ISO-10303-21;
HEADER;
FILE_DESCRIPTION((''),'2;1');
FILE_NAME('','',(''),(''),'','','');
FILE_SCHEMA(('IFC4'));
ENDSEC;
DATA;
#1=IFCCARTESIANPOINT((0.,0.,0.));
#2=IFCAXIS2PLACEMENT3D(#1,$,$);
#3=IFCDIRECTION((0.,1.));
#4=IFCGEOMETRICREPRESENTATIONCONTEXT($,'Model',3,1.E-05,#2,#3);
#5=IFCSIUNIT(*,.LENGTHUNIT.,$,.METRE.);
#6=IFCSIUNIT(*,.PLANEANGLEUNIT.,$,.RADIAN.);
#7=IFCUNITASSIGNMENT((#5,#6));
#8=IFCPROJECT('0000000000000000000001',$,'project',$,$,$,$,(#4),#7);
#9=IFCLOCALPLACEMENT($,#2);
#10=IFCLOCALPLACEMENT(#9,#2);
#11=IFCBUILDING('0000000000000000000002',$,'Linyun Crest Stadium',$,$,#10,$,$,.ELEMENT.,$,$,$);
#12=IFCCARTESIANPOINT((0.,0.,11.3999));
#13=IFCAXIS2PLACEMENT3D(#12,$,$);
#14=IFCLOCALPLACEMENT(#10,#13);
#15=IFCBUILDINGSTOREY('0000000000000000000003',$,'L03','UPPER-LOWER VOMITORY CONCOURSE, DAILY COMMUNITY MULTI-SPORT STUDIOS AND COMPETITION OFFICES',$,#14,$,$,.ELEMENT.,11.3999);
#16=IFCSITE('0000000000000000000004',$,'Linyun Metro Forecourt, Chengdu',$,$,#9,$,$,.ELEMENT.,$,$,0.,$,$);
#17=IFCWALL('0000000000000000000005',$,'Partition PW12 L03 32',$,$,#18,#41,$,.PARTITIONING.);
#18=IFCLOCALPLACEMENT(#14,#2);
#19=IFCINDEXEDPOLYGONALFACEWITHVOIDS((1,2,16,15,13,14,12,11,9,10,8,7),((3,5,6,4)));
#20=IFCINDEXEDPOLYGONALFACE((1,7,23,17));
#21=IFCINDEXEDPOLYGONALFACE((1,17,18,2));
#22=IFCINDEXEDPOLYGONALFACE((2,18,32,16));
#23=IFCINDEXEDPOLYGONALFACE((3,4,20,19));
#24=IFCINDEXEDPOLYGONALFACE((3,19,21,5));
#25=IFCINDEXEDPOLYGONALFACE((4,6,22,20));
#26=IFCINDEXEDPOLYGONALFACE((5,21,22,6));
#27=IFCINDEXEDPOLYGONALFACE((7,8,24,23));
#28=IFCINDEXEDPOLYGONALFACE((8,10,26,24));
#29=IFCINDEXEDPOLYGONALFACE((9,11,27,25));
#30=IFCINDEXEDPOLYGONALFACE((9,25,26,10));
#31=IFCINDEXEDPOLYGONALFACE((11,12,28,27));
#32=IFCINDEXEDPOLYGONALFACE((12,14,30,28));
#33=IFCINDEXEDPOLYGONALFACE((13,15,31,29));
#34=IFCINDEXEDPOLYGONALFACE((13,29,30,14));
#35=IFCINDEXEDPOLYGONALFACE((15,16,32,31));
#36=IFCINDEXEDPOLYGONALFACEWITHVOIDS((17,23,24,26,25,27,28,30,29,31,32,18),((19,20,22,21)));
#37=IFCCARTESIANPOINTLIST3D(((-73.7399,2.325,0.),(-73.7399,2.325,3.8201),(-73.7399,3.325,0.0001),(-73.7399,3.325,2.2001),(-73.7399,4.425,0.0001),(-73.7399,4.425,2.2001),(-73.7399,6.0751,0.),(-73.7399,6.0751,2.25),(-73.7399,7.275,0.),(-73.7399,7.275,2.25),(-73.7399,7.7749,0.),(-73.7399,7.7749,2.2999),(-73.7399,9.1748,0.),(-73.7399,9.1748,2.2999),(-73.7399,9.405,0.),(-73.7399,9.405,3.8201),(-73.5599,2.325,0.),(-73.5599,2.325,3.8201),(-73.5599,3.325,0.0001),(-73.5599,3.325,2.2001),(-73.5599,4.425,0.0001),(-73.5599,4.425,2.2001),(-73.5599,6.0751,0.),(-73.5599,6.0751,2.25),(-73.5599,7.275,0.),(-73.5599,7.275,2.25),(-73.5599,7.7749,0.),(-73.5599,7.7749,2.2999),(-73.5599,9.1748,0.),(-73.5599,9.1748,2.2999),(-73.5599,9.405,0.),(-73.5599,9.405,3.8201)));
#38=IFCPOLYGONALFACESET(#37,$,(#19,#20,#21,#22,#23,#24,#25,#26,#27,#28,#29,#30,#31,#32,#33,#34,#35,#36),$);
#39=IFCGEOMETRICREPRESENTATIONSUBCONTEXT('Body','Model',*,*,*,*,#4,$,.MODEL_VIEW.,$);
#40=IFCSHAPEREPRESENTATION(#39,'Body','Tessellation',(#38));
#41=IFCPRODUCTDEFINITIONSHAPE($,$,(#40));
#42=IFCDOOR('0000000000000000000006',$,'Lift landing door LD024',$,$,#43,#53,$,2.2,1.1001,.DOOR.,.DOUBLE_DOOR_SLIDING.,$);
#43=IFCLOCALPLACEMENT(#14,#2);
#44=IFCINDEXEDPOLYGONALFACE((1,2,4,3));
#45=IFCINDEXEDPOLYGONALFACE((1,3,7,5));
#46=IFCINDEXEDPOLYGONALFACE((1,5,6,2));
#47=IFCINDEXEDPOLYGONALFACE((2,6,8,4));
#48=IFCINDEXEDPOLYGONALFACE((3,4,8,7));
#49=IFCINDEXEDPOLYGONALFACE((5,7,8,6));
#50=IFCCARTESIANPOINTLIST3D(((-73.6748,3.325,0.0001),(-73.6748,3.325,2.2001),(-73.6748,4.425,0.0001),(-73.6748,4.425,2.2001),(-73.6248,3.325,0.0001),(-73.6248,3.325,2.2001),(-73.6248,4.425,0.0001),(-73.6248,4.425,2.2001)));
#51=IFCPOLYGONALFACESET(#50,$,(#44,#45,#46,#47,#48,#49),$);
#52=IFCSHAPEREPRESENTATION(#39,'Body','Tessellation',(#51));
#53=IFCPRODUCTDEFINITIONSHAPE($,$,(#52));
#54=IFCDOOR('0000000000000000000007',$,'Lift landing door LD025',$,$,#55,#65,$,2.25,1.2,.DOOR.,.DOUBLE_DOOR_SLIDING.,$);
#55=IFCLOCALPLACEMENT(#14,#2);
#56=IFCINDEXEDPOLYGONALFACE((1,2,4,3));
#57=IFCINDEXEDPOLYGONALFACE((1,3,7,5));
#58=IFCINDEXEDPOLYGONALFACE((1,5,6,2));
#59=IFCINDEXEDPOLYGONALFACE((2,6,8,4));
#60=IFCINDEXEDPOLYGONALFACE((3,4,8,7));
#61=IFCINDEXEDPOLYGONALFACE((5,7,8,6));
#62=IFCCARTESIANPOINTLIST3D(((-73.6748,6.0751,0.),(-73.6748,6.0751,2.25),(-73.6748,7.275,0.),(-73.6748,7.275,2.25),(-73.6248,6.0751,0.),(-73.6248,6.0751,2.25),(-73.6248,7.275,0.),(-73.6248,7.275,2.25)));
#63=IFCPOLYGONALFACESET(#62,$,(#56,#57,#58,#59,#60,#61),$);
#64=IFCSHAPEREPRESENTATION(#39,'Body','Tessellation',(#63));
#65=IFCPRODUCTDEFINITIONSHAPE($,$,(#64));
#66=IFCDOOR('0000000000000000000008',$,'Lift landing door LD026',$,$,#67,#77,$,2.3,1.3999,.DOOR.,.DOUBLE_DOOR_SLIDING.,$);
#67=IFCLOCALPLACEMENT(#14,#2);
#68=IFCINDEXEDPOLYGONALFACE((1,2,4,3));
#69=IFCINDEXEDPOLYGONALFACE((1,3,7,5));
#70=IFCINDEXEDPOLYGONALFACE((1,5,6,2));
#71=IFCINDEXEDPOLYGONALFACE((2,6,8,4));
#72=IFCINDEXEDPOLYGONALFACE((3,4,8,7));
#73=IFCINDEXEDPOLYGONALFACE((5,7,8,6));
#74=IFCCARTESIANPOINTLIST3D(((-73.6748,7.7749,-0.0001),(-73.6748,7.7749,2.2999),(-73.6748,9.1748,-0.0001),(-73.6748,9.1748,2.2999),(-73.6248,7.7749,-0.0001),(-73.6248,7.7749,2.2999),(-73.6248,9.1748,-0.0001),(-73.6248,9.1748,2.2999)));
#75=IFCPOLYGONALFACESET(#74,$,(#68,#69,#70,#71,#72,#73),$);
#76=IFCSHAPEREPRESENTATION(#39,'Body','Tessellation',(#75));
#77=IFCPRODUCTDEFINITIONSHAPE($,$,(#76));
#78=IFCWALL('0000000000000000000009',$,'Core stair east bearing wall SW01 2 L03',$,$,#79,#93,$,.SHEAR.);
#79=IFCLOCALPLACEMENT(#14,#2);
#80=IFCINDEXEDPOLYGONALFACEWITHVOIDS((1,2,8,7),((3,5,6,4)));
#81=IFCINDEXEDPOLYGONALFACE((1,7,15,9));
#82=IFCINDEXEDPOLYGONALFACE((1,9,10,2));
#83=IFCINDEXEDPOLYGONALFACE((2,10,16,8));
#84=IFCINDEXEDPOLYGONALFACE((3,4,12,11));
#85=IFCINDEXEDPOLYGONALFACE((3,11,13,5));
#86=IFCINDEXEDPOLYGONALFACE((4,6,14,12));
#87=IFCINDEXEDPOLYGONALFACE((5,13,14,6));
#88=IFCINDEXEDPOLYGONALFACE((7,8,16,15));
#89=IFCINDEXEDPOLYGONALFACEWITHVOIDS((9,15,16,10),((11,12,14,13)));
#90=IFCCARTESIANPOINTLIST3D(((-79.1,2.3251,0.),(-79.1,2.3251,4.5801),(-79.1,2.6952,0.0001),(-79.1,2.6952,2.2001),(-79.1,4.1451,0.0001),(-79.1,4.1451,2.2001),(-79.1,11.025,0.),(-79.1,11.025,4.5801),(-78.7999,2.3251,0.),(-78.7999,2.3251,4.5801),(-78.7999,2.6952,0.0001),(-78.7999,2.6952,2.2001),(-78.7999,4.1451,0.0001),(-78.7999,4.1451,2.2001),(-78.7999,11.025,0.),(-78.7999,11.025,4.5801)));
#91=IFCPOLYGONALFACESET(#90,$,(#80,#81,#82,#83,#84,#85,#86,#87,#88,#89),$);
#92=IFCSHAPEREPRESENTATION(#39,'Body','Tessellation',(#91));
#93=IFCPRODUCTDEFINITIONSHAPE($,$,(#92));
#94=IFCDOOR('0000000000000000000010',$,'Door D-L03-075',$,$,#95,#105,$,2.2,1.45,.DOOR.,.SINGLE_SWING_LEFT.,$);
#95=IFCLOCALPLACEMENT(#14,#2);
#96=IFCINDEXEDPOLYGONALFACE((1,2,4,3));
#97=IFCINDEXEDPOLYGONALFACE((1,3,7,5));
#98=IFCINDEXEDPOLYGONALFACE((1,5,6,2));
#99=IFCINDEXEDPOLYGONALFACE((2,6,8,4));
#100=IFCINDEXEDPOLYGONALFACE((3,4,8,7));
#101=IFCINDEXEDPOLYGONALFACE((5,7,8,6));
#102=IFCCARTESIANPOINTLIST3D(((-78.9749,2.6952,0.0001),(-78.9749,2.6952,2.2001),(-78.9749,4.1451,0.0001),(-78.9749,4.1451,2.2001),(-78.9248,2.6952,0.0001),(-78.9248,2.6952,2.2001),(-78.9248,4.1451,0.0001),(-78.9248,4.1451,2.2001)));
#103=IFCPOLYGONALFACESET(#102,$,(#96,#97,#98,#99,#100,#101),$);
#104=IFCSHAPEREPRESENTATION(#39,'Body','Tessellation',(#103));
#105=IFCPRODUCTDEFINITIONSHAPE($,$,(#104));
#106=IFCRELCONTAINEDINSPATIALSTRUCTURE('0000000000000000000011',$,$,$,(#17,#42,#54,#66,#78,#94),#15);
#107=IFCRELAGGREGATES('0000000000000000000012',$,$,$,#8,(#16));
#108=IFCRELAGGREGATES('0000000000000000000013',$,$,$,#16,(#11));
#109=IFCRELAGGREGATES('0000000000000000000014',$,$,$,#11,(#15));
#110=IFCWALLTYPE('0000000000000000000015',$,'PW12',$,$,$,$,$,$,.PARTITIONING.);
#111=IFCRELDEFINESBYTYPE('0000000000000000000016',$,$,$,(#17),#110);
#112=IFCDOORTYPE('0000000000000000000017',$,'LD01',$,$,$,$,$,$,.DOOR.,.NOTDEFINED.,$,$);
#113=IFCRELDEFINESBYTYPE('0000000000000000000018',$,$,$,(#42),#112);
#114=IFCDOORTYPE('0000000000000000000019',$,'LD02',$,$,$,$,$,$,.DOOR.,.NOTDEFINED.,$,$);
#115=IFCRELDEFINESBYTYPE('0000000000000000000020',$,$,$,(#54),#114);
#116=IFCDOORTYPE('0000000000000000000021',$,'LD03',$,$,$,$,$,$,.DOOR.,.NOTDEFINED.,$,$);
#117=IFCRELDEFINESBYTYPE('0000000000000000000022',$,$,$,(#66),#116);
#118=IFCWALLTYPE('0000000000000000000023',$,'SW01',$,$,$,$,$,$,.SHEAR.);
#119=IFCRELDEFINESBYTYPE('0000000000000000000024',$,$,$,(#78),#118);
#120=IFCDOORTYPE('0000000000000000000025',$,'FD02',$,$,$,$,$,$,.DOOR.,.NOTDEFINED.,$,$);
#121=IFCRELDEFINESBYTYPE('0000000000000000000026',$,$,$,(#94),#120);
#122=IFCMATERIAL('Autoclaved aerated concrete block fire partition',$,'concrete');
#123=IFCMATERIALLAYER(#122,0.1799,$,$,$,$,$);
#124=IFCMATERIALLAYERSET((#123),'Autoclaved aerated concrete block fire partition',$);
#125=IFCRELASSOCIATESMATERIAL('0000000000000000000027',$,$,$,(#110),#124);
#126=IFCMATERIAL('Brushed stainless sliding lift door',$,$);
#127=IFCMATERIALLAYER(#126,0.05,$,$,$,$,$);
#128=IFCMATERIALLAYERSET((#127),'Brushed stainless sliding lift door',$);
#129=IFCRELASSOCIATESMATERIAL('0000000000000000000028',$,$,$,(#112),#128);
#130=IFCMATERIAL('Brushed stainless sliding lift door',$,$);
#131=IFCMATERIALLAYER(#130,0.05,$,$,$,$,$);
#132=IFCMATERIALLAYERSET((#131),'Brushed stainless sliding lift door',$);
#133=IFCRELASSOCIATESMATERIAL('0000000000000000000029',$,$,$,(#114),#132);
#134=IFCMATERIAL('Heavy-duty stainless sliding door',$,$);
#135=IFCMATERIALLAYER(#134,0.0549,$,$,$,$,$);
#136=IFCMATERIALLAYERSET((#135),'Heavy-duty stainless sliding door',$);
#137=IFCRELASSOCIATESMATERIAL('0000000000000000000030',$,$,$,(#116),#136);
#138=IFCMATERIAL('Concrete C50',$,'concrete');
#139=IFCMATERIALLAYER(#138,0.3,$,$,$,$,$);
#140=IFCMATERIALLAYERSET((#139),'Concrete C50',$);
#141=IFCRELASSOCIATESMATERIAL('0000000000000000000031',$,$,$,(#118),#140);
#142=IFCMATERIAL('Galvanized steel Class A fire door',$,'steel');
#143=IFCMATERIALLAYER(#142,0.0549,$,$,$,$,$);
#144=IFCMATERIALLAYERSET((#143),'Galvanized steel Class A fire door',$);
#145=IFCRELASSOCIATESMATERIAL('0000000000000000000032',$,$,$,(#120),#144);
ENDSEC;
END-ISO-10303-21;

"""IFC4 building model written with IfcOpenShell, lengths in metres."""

from ifc_helpers import new_model, si_unit, direction, frame, frame_2d, origin, place, context, subcontext, project, spatial, rectangle, extrude, material, layer, layer_set, type_object, element, fill, save


model = new_model("IFC4")

# Units and contexts
model_context = context("Model", 3, precision=1e-05, world=origin(), true_north=direction((0.0, 1.0)))
body_context = subcontext(model_context, "Body", "Model", "MODEL_VIEW")
ifc_project = project(units=[si_unit("LENGTHUNIT", "METRE"), si_unit("PLANEANGLEUNIT", "RADIAN")], contexts=[model_context])

# Site, building, storey
site_placement = place(None, origin())
site = spatial("IfcSite", under=ifc_project, at=site_placement, Name="Linyun Metro Forecourt, Chengdu", CompositionType="ELEMENT", RefElevation=0.0)
building_placement = place(site_placement, origin())
building = spatial("IfcBuilding", under=site, at=building_placement, Name="Linyun Crest Stadium", CompositionType="ELEMENT")
storey_placement = place(building_placement, frame((0.0, 0.0, 11.3999)))
storey = spatial("IfcBuildingStorey", under=building, at=storey_placement, Name="L03", Description="UPPER-LOWER VOMITORY CONCOURSE, DAILY COMMUNITY MULTI-SPORT STUDIOS AND COMPETITION OFFICES", CompositionType="ELEMENT", Elevation=11.3999)

# Wall, openings, doors
ifc_material_1 = material(Name="Autoclaved aerated concrete block fire partition", Category="concrete")
ifc_layer_1 = layer(ifc_material_1, 0.1799)
ifc_layer_set_1 = layer_set([ifc_layer_1], Name="Autoclaved aerated concrete block fire partition")
wall_type_1 = type_object("IfcWallType", Name="PW12", PredefinedType="PARTITIONING", material=ifc_layer_set_1)
wall_1_placement = place(storey_placement, frame((-73.6499, 2.325, 0.0), z_axis=(0.0, 0.0, 1.0), x_axis=(0.0, 1.0, 0.0)))
wall_1 = element("IfcWall", 1, at=wall_1_placement, inside=storey, type_object=wall_type_1, Name="Partition PW12 L03 32", PredefinedType="PARTITIONING", context=body_context, shape_type="SweptSolid", body=[
    extrude(rectangle(XDim=7.0801, YDim=0.1799, at=frame_2d((3.54, 0.0))), origin(), (0.0, 0.0, 1.0), 3.8201),
])
opening_1_placement = place(wall_1_placement, frame((1.0, 0.0, 0.0)))
opening_1 = element("IfcOpeningElement", 2, at=opening_1_placement, cuts=wall_1, PredefinedType="OPENING", context=body_context, shape_type="SweptSolid", body=[
    extrude(rectangle(XDim=1.1001, YDim=2.2, at=frame_2d((0.55, 1.1001))), frame((0.0, 0.0999, 0.0), z_axis=(0.0, -1.0, 0.0), x_axis=(1.0, 0.0, 0.0)), (0.0, 0.0, 1.0), 0.2),
])
opening_2_placement = place(wall_1_placement, frame((3.75, 0.0, 0.0)))
opening_2 = element("IfcOpeningElement", 3, at=opening_2_placement, cuts=wall_1, PredefinedType="OPENING", context=body_context, shape_type="SweptSolid", body=[
    extrude(rectangle(XDim=1.2, YDim=2.25, at=frame_2d((0.6001, 1.125))), frame((0.0, 0.0999, 0.0), z_axis=(0.0, -1.0, 0.0), x_axis=(1.0, 0.0, 0.0)), (0.0, 0.0, 1.0), 0.2),
])
opening_3_placement = place(wall_1_placement, frame((5.45, 0.0, 0.0)))
opening_3 = element("IfcOpeningElement", 4, at=opening_3_placement, cuts=wall_1, PredefinedType="OPENING", context=body_context, shape_type="SweptSolid", body=[
    extrude(rectangle(XDim=1.3999, YDim=2.3, at=frame_2d((0.7, 1.1499))), frame((0.0, 0.0999, 0.0), z_axis=(0.0, -1.0, 0.0), x_axis=(1.0, 0.0, 0.0)), (0.0, 0.0, 1.0), 0.2),
])
ifc_material_2 = material(Name="Brushed stainless sliding lift door")
ifc_layer_2 = layer(ifc_material_2, 0.05)
ifc_layer_set_2 = layer_set([ifc_layer_2], Name="Brushed stainless sliding lift door")
door_type_1 = type_object("IfcDoorType", Name="LD01", OperationType="NOTDEFINED", PredefinedType="DOOR", material=ifc_layer_set_2)
door_1_placement = place(opening_1_placement, origin())
door_1 = element("IfcDoor", 5, at=door_1_placement, inside=storey, type_object=door_type_1, Name="Lift landing door LD024", OperationType="DOUBLE_DOOR_SLIDING", OverallHeight=2.2, OverallWidth=1.1001, PredefinedType="DOOR", context=body_context, shape_type="SweptSolid", body=[
    extrude(rectangle(XDim=1.1001, YDim=2.2, at=frame_2d((0.55, 1.1001))), frame((0.0, 0.0249, 0.0), z_axis=(0.0, -1.0, 0.0), x_axis=(1.0, 0.0, 0.0)), (0.0, 0.0, 1.0), 0.05),
])
fill(opening_1, door_1)
ifc_material_3 = material(Name="Brushed stainless sliding lift door")
ifc_layer_3 = layer(ifc_material_3, 0.05)
ifc_layer_set_3 = layer_set([ifc_layer_3], Name="Brushed stainless sliding lift door")
door_type_2 = type_object("IfcDoorType", Name="LD02", OperationType="NOTDEFINED", PredefinedType="DOOR", material=ifc_layer_set_3)
door_2_placement = place(opening_2_placement, origin())
door_2 = element("IfcDoor", 6, at=door_2_placement, inside=storey, type_object=door_type_2, Name="Lift landing door LD025", OperationType="DOUBLE_DOOR_SLIDING", OverallHeight=2.25, OverallWidth=1.2, PredefinedType="DOOR", context=body_context, shape_type="SweptSolid", body=[
    extrude(rectangle(XDim=1.2, YDim=2.25, at=frame_2d((0.6001, 1.125))), frame((0.0, 0.0249, 0.0), z_axis=(0.0, -1.0, 0.0), x_axis=(1.0, 0.0, 0.0)), (0.0, 0.0, 1.0), 0.05),
])
fill(opening_2, door_2)
ifc_material_4 = material(Name="Heavy-duty stainless sliding door")
ifc_layer_4 = layer(ifc_material_4, 0.0549)
ifc_layer_set_4 = layer_set([ifc_layer_4], Name="Heavy-duty stainless sliding door")
door_type_3 = type_object("IfcDoorType", Name="LD03", OperationType="NOTDEFINED", PredefinedType="DOOR", material=ifc_layer_set_4)
door_3_placement = place(opening_3_placement, origin())
door_3 = element("IfcDoor", 7, at=door_3_placement, inside=storey, type_object=door_type_3, Name="Lift landing door LD026", OperationType="DOUBLE_DOOR_SLIDING", OverallHeight=2.3, OverallWidth=1.3999, PredefinedType="DOOR", context=body_context, shape_type="SweptSolid", body=[
    extrude(rectangle(XDim=1.3999, YDim=2.3, at=frame_2d((0.7, 1.1499))), frame((0.0, 0.0249, 0.0), z_axis=(0.0, -1.0, 0.0), x_axis=(1.0, 0.0, 0.0)), (0.0, 0.0, 1.0), 0.05),
])
fill(opening_3, door_3)

# Wall, opening, door
ifc_material_5 = material(Name="Concrete C50", Category="concrete")
ifc_layer_5 = layer(ifc_material_5, 0.3)
ifc_layer_set_5 = layer_set([ifc_layer_5], Name="Concrete C50")
wall_type_2 = type_object("IfcWallType", Name="SW01", PredefinedType="SHEAR", material=ifc_layer_set_5)
wall_2_placement = place(storey_placement, frame((-78.95, 2.325, 0.0), z_axis=(0.0, 0.0, 1.0), x_axis=(0.0, 1.0, 0.0)))
wall_2 = element("IfcWall", 8, at=wall_2_placement, inside=storey, type_object=wall_type_2, Name="Core stair east bearing wall SW01 2 L03", PredefinedType="SHEAR", context=body_context, shape_type="SweptSolid", body=[
    extrude(rectangle(XDim=8.7, YDim=0.3, at=frame_2d((4.3501, 0.0))), origin(), (0.0, 0.0, 1.0), 4.5801),
])
opening_4_placement = place(wall_2_placement, frame((0.3701, 0.0, 0.0)))
opening_4 = element("IfcOpeningElement", 9, at=opening_4_placement, cuts=wall_2, PredefinedType="OPENING", context=body_context, shape_type="SweptSolid", body=[
    extrude(rectangle(XDim=1.45, YDim=2.2, at=frame_2d((0.7251, 1.1001))), frame((0.0, 0.1599, 0.0), z_axis=(0.0, -1.0, 0.0), x_axis=(1.0, 0.0, 0.0)), (0.0, 0.0, 1.0), 0.3201),
])
ifc_material_6 = material(Name="Galvanized steel Class A fire door", Category="steel")
ifc_layer_6 = layer(ifc_material_6, 0.0549)
ifc_layer_set_6 = layer_set([ifc_layer_6], Name="Galvanized steel Class A fire door")
door_type_4 = type_object("IfcDoorType", Name="FD02", OperationType="NOTDEFINED", PredefinedType="DOOR", material=ifc_layer_set_6)
door_4_placement = place(opening_4_placement, origin())
door_4 = element("IfcDoor", 10, at=door_4_placement, inside=storey, type_object=door_type_4, Name="Door D-L03-075", OperationType="SINGLE_SWING_LEFT", OverallHeight=2.2, OverallWidth=1.45, PredefinedType="DOOR", context=body_context, shape_type="SweptSolid", body=[
    extrude(rectangle(XDim=1.45, YDim=2.2, at=frame_2d((0.7251, 1.1001))), frame((0.0, 0.0249, 0.0), z_axis=(0.0, -1.0, 0.0), x_axis=(1.0, 0.0, 0.0)), (0.0, 0.0, 1.0), 0.05),
])
fill(opening_4, door_4)

save(model, "model.ifc")
